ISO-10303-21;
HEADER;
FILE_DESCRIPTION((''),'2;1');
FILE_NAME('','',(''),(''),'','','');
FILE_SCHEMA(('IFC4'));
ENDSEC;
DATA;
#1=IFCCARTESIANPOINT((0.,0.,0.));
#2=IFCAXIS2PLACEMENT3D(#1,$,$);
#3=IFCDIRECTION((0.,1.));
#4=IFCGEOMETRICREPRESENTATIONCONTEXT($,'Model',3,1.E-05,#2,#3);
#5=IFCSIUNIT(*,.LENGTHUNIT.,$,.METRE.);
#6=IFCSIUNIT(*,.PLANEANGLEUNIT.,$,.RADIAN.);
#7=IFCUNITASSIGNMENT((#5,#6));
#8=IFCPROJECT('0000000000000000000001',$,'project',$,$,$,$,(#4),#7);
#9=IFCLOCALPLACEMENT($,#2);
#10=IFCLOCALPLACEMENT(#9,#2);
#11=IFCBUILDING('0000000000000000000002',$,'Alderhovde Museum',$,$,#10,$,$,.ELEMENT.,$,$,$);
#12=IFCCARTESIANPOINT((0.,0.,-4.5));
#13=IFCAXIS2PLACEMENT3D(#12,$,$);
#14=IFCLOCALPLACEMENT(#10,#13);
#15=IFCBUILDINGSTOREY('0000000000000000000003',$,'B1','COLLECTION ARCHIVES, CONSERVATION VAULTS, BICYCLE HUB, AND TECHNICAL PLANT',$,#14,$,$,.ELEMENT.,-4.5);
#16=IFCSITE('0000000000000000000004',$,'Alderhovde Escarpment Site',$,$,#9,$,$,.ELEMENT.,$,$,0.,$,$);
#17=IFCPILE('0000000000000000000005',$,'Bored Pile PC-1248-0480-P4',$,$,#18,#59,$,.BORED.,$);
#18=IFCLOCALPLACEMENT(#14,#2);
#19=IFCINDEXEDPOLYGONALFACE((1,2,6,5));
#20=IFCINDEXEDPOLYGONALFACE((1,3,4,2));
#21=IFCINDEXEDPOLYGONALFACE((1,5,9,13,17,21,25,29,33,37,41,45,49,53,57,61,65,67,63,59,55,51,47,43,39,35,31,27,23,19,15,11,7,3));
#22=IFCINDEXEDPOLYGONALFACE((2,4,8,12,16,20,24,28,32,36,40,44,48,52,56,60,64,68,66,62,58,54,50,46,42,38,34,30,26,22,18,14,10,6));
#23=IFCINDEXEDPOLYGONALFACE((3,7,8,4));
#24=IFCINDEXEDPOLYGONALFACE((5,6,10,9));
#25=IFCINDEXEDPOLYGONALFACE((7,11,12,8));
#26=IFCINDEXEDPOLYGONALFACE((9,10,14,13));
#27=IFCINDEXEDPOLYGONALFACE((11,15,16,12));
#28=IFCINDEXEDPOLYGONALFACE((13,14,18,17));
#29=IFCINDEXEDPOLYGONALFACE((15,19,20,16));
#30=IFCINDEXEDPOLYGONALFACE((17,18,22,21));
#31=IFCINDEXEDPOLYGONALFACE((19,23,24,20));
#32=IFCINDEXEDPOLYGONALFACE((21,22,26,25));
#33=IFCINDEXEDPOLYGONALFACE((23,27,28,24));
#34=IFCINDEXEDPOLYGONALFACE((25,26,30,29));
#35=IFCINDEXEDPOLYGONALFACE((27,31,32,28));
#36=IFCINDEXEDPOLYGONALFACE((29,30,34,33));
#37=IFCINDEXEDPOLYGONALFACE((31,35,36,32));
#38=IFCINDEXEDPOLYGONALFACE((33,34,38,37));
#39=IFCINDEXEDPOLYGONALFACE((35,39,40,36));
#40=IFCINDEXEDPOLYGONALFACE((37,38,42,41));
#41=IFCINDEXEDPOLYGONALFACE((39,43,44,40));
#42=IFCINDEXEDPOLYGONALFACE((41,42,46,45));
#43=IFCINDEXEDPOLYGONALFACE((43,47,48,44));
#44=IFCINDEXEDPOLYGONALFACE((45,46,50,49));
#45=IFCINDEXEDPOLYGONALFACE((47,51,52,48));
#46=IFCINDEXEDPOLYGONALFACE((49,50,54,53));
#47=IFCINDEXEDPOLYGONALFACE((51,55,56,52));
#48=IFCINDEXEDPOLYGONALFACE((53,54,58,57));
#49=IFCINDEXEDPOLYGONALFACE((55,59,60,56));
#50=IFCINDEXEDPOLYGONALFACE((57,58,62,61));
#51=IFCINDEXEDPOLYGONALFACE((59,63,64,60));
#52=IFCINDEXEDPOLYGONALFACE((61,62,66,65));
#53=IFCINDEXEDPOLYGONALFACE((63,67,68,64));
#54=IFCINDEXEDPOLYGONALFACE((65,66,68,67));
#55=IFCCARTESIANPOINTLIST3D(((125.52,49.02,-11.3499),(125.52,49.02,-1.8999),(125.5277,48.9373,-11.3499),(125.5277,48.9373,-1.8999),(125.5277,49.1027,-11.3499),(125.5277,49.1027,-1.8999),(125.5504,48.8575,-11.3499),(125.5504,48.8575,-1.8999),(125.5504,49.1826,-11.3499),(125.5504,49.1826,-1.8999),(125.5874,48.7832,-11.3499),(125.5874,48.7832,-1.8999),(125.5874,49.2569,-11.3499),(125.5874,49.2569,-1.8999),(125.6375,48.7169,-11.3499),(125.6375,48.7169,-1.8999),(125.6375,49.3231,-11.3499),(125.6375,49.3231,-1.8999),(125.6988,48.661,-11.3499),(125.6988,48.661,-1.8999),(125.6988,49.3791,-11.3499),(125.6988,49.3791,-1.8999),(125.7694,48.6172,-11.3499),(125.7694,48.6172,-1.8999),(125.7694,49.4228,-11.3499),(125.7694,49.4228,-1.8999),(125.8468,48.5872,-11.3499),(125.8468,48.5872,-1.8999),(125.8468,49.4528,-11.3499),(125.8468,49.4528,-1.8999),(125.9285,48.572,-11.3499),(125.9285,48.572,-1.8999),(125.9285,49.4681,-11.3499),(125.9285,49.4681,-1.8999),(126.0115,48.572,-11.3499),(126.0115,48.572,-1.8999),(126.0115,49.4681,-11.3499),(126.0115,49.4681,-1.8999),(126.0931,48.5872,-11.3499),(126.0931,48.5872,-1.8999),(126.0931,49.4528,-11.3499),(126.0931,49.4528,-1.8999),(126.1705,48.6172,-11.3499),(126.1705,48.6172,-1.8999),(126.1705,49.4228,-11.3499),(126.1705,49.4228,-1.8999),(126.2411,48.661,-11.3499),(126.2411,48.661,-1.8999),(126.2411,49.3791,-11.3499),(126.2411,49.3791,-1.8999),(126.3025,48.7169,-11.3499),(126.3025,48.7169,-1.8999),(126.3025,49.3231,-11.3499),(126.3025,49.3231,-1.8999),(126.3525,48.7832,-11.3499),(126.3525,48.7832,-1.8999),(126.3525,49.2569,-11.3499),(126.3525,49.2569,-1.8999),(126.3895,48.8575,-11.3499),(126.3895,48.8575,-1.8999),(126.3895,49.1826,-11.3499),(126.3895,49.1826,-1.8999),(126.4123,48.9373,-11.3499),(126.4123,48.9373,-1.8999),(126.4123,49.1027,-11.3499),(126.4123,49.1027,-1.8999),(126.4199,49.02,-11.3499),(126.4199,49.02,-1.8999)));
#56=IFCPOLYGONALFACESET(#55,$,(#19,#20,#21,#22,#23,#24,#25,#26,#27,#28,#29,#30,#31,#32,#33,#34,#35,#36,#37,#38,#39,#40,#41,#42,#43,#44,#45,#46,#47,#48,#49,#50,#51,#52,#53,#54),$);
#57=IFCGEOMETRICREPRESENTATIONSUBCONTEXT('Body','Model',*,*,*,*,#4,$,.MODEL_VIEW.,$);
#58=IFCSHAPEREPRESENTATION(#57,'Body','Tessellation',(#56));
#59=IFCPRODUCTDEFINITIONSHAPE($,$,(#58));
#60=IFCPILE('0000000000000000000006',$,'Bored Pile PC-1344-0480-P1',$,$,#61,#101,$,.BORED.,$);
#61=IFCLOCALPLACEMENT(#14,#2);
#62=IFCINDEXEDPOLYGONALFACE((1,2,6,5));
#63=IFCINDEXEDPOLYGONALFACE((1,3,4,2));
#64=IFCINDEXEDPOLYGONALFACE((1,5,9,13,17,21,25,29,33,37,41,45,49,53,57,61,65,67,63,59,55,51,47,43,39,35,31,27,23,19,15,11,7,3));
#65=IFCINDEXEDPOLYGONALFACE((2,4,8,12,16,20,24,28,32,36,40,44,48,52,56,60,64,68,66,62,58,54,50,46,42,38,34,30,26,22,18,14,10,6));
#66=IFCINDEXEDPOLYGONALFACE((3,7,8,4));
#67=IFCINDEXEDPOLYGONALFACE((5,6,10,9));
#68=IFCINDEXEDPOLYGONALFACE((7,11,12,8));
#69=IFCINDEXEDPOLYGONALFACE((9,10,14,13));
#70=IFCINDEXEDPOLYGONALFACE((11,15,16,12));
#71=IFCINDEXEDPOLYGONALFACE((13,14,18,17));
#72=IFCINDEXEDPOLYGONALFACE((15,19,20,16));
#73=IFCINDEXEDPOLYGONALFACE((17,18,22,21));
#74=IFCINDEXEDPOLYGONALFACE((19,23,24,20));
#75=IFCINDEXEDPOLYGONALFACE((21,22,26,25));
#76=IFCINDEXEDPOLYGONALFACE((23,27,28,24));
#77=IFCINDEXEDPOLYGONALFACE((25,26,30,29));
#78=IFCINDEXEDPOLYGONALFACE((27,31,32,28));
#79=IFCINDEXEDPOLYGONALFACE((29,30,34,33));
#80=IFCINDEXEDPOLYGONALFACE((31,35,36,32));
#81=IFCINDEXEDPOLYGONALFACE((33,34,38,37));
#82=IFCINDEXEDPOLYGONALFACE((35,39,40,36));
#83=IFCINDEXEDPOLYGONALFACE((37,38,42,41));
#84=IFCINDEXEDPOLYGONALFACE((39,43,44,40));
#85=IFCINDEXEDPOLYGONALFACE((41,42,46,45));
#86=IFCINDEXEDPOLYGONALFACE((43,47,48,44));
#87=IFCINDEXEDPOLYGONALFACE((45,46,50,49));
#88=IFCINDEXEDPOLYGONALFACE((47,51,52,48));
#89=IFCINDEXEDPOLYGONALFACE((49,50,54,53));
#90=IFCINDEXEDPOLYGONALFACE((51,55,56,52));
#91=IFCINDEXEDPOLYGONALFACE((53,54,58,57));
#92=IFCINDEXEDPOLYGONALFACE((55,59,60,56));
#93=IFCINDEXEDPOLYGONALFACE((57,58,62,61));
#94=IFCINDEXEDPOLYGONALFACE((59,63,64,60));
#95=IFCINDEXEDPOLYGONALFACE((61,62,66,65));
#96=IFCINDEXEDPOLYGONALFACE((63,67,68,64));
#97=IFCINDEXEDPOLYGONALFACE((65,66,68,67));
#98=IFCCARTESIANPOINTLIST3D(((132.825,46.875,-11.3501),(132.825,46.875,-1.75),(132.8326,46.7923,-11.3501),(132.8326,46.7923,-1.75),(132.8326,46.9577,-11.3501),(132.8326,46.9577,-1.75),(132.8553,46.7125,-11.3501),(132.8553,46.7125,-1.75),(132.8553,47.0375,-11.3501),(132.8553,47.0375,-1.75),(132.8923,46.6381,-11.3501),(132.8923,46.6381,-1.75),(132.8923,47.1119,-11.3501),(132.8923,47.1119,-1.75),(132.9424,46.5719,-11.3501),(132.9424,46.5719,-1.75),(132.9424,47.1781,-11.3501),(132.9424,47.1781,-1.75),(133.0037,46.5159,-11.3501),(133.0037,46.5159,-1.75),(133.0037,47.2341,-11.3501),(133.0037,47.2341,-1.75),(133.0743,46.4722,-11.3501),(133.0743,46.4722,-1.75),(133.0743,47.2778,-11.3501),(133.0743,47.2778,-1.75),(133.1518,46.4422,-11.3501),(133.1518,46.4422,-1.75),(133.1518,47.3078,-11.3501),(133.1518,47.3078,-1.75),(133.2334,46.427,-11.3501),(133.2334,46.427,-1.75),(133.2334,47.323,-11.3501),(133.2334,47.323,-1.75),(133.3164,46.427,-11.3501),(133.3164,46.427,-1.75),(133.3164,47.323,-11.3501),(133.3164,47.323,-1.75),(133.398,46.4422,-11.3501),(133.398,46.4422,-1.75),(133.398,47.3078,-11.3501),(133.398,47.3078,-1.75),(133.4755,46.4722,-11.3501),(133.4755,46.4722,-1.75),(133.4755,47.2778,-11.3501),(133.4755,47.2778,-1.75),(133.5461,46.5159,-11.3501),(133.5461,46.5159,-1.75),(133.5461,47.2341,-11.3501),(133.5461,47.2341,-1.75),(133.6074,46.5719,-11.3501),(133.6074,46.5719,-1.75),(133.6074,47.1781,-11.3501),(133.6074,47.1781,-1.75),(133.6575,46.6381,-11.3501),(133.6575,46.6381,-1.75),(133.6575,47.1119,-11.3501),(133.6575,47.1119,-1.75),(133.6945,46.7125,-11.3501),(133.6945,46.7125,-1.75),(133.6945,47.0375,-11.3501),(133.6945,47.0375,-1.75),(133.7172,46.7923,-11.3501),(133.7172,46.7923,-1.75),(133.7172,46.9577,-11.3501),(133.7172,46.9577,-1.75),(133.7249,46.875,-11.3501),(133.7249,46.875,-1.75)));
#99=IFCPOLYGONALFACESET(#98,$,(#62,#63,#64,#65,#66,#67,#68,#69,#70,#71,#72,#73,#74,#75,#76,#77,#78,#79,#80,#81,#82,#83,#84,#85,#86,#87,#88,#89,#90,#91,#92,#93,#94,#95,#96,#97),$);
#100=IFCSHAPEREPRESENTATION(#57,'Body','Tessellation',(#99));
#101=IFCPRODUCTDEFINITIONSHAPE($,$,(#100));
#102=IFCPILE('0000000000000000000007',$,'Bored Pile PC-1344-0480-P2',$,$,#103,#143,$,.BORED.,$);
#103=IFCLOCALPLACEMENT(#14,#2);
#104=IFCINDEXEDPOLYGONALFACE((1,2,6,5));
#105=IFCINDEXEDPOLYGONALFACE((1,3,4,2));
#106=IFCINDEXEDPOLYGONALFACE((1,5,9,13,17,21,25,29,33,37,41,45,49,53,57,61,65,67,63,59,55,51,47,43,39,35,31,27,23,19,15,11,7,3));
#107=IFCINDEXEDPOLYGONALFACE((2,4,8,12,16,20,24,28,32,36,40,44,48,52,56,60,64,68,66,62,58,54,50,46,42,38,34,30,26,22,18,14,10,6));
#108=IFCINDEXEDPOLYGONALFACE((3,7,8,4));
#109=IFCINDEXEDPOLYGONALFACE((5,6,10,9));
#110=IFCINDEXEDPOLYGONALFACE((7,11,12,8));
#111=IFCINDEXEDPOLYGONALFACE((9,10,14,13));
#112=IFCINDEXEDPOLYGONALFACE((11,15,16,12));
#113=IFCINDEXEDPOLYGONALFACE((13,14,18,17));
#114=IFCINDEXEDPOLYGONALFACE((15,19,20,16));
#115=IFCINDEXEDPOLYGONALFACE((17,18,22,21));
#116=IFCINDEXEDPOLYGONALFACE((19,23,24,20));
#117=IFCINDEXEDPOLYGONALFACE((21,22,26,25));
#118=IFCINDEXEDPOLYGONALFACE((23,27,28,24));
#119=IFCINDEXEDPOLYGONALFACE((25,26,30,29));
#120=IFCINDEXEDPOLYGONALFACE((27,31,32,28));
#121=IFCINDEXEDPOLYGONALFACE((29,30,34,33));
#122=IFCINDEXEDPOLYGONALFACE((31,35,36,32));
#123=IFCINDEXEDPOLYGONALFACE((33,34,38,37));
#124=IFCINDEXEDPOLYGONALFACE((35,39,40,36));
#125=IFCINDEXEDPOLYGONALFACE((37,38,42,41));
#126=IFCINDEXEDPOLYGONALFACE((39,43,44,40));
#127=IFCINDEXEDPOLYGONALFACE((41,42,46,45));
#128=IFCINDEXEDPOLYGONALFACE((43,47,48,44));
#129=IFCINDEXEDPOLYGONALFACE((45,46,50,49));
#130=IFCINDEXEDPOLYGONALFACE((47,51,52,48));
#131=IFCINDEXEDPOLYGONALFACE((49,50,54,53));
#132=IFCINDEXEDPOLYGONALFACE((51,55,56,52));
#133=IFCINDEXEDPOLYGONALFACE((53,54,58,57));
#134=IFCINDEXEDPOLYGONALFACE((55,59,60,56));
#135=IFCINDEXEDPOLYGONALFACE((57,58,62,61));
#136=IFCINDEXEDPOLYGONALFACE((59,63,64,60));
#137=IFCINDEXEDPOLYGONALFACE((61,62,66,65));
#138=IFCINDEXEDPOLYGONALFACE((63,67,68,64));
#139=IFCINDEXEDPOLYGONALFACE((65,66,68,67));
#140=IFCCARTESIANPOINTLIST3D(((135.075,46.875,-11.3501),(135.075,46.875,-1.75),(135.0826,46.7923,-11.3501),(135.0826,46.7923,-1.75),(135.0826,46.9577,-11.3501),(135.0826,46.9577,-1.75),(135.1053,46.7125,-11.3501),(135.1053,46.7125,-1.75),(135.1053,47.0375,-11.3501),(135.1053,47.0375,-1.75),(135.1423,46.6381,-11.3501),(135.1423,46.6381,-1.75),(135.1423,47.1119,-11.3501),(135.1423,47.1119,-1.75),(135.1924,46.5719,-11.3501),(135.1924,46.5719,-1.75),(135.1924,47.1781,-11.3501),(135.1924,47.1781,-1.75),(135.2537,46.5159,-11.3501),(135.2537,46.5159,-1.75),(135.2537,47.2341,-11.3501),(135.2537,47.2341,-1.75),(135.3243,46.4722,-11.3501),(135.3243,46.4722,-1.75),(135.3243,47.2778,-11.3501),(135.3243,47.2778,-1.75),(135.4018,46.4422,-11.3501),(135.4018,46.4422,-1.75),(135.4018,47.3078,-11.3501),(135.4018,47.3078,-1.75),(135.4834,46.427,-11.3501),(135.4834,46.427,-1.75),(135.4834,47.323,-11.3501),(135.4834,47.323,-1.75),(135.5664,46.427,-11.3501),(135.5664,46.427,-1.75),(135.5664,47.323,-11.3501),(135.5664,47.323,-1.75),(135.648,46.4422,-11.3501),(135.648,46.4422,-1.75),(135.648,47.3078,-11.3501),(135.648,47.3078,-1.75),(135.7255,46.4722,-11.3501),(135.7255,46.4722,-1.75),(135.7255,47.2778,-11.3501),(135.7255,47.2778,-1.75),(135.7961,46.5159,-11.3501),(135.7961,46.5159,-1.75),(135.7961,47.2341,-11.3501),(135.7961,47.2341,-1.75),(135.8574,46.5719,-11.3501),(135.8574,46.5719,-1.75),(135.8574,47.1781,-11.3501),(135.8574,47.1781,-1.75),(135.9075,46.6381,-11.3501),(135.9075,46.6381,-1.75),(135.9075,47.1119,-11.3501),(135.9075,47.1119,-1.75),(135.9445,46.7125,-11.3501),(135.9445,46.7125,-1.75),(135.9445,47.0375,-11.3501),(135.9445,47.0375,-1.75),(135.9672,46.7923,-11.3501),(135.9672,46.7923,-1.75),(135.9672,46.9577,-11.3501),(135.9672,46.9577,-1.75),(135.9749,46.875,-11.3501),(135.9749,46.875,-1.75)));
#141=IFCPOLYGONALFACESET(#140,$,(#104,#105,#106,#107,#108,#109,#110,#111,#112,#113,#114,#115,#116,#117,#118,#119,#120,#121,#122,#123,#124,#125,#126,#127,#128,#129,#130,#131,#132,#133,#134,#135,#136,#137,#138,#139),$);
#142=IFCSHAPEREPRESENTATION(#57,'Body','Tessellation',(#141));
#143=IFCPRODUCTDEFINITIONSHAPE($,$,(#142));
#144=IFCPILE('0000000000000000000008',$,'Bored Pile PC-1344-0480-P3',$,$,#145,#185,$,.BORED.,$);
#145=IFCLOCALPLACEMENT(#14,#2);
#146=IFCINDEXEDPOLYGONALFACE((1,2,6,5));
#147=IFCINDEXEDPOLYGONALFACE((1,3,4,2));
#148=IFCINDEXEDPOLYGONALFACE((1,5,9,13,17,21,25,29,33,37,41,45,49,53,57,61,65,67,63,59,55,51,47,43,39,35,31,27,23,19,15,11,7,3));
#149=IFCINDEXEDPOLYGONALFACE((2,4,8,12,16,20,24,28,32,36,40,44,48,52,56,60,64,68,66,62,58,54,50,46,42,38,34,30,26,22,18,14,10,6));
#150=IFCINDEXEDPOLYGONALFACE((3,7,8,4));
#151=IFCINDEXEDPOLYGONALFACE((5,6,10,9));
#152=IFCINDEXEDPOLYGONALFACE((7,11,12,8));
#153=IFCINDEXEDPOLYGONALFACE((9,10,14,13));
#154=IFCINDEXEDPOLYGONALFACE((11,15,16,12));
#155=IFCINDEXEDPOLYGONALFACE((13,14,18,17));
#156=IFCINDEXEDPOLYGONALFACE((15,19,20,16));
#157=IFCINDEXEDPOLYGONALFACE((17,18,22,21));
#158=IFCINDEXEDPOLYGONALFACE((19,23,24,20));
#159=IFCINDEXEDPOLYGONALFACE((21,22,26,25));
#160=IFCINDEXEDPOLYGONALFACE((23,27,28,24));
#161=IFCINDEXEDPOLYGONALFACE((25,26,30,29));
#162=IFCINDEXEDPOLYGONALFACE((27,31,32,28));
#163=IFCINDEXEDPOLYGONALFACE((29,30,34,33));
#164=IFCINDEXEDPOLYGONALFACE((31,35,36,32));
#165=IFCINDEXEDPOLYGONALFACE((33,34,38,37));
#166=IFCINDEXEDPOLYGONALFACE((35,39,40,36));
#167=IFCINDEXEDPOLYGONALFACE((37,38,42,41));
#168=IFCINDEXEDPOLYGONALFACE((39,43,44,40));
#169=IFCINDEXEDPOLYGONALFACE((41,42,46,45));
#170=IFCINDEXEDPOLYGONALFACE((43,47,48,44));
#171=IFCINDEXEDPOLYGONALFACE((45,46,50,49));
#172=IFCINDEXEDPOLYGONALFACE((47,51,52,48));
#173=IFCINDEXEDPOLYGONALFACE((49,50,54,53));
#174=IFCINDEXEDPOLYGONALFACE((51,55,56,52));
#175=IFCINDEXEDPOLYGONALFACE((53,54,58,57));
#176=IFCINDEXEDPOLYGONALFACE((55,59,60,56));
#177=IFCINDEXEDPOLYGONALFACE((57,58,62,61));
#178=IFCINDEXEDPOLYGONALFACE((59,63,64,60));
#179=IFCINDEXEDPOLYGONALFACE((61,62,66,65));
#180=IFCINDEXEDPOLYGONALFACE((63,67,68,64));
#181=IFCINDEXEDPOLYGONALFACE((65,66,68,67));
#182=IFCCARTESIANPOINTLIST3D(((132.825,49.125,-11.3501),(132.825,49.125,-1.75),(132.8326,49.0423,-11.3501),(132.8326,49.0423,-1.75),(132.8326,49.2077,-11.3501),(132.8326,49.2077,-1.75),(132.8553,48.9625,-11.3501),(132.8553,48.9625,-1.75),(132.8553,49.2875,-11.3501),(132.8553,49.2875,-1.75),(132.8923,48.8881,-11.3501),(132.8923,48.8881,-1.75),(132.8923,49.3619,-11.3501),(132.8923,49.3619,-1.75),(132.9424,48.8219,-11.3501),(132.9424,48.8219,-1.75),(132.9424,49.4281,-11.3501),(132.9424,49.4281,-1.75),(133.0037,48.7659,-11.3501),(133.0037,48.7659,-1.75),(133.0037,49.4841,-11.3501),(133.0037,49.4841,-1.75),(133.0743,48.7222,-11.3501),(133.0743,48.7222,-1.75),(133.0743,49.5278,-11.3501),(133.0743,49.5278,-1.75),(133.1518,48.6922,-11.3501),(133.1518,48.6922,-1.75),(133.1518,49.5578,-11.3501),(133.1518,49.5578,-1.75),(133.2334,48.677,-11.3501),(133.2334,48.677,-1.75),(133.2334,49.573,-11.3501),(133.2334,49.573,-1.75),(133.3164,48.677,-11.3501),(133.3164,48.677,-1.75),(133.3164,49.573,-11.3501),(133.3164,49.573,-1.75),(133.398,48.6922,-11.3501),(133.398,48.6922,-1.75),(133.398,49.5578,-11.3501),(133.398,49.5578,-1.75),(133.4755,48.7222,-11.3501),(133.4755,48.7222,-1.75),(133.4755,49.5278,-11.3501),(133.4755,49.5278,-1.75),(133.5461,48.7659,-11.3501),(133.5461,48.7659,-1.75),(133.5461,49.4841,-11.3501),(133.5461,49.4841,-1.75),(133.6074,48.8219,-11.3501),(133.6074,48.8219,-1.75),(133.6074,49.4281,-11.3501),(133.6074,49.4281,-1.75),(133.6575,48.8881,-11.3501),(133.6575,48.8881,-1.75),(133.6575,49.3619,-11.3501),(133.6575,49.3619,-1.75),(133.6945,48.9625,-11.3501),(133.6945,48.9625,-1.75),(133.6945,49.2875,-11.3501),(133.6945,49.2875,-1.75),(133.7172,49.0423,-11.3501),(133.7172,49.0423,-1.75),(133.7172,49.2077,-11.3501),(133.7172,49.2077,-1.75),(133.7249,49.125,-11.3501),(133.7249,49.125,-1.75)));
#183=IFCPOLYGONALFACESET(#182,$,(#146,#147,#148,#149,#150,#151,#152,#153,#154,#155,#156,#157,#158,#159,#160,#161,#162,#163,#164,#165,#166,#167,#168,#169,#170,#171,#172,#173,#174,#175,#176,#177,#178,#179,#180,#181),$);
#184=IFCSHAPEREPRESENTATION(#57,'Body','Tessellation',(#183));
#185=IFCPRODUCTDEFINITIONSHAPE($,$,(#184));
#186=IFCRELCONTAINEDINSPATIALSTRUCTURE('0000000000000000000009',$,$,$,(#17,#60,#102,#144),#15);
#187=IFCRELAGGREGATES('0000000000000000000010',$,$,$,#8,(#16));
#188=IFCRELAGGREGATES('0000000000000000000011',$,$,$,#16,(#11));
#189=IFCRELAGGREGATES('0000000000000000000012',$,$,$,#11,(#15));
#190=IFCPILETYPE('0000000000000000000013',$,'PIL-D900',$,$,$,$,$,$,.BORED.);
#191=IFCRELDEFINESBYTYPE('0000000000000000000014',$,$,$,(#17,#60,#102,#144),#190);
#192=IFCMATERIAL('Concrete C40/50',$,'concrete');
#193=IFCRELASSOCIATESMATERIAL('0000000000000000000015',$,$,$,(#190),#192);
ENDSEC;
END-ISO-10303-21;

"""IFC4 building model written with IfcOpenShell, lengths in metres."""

from ifc_helpers import new_model, si_unit, direction, frame, origin, origin_2d, place, context, subcontext, project, spatial, circle, extrude, material, material_profile, profile_set, type_object, element, save


model = new_model("IFC4")

# Units and contexts
model_context = context("Model", 3, precision=1e-05, world=origin(), true_north=direction((0.0, 1.0)))
body_context = subcontext(model_context, "Body", "Model", "MODEL_VIEW")
ifc_project = project(units=[si_unit("LENGTHUNIT", "METRE"), si_unit("PLANEANGLEUNIT", "RADIAN")], contexts=[model_context])

# Site, building, storey
site_placement = place(None, origin())
site = spatial("IfcSite", under=ifc_project, at=site_placement, Name="Alderhovde Escarpment Site", CompositionType="ELEMENT", RefElevation=0.0)
building_placement = place(site_placement, origin())
building = spatial("IfcBuilding", under=site, at=building_placement, Name="Alderhovde Museum", CompositionType="ELEMENT")
storey_placement = place(building_placement, frame((0.0, 0.0, -4.5)))
storey = spatial("IfcBuildingStorey", under=building, at=storey_placement, Name="B1", Description="COLLECTION ARCHIVES, CONSERVATION VAULTS, BICYCLE HUB, AND TECHNICAL PLANT", CompositionType="ELEMENT", Elevation=-4.5)

# Piles
ifc_material_1 = material(Name="Concrete C40/50", Category="concrete")
ifc_material_profile_1 = material_profile(ifc_material_1, circle(Radius=0.45, at=origin_2d()), Name="PILE-D900")
ifc_profile_set_1 = profile_set([ifc_material_profile_1], Name="Concrete C40/50")
pile_type_1 = type_object("IfcPileType", Name="PIL-D900", PredefinedType="BORED", material=ifc_profile_set_1)
for number, where, z_axis, x_axis, name in (
    (1, (125.97, 49.02, -1.8999), (0.0, 0.0, -1.0), (1.0, 0.0, 0.0), "Bored Pile PC-1248-0480-P4"),
):
    element("IfcPile", number, at=place(storey_placement, frame(where, z_axis=z_axis, x_axis=x_axis)), inside=storey, type_object=pile_type_1, Name=name, PredefinedType="BORED", context=body_context, shape_type="SweptSolid", body=[
        extrude(circle(Radius=0.45, at=origin_2d()), origin(), (0.0, 0.0, 1.0), 9.45),
    ])
for number, where, z_axis, x_axis, name in (
    (2, (133.2749, 46.875, -1.75), (0.0, 0.0, -1.0), (1.0, 0.0, 0.0), "Bored Pile PC-1344-0480-P1"),
    (3, (135.5249, 46.875, -1.75), (0.0, 0.0, -1.0), (1.0, 0.0, 0.0), "Bored Pile PC-1344-0480-P2"),
    (4, (133.2749, 49.125, -1.75), (0.0, 0.0, -1.0), (1.0, 0.0, 0.0), "Bored Pile PC-1344-0480-P3"),
):
    element("IfcPile", number, at=place(storey_placement, frame(where, z_axis=z_axis, x_axis=x_axis)), inside=storey, type_object=pile_type_1, Name=name, PredefinedType="BORED", context=body_context, shape_type="SweptSolid", body=[
        extrude(circle(Radius=0.45, at=origin_2d()), origin(), (0.0, 0.0, 1.0), 9.6001),
    ])

save(model, "model.ifc")
